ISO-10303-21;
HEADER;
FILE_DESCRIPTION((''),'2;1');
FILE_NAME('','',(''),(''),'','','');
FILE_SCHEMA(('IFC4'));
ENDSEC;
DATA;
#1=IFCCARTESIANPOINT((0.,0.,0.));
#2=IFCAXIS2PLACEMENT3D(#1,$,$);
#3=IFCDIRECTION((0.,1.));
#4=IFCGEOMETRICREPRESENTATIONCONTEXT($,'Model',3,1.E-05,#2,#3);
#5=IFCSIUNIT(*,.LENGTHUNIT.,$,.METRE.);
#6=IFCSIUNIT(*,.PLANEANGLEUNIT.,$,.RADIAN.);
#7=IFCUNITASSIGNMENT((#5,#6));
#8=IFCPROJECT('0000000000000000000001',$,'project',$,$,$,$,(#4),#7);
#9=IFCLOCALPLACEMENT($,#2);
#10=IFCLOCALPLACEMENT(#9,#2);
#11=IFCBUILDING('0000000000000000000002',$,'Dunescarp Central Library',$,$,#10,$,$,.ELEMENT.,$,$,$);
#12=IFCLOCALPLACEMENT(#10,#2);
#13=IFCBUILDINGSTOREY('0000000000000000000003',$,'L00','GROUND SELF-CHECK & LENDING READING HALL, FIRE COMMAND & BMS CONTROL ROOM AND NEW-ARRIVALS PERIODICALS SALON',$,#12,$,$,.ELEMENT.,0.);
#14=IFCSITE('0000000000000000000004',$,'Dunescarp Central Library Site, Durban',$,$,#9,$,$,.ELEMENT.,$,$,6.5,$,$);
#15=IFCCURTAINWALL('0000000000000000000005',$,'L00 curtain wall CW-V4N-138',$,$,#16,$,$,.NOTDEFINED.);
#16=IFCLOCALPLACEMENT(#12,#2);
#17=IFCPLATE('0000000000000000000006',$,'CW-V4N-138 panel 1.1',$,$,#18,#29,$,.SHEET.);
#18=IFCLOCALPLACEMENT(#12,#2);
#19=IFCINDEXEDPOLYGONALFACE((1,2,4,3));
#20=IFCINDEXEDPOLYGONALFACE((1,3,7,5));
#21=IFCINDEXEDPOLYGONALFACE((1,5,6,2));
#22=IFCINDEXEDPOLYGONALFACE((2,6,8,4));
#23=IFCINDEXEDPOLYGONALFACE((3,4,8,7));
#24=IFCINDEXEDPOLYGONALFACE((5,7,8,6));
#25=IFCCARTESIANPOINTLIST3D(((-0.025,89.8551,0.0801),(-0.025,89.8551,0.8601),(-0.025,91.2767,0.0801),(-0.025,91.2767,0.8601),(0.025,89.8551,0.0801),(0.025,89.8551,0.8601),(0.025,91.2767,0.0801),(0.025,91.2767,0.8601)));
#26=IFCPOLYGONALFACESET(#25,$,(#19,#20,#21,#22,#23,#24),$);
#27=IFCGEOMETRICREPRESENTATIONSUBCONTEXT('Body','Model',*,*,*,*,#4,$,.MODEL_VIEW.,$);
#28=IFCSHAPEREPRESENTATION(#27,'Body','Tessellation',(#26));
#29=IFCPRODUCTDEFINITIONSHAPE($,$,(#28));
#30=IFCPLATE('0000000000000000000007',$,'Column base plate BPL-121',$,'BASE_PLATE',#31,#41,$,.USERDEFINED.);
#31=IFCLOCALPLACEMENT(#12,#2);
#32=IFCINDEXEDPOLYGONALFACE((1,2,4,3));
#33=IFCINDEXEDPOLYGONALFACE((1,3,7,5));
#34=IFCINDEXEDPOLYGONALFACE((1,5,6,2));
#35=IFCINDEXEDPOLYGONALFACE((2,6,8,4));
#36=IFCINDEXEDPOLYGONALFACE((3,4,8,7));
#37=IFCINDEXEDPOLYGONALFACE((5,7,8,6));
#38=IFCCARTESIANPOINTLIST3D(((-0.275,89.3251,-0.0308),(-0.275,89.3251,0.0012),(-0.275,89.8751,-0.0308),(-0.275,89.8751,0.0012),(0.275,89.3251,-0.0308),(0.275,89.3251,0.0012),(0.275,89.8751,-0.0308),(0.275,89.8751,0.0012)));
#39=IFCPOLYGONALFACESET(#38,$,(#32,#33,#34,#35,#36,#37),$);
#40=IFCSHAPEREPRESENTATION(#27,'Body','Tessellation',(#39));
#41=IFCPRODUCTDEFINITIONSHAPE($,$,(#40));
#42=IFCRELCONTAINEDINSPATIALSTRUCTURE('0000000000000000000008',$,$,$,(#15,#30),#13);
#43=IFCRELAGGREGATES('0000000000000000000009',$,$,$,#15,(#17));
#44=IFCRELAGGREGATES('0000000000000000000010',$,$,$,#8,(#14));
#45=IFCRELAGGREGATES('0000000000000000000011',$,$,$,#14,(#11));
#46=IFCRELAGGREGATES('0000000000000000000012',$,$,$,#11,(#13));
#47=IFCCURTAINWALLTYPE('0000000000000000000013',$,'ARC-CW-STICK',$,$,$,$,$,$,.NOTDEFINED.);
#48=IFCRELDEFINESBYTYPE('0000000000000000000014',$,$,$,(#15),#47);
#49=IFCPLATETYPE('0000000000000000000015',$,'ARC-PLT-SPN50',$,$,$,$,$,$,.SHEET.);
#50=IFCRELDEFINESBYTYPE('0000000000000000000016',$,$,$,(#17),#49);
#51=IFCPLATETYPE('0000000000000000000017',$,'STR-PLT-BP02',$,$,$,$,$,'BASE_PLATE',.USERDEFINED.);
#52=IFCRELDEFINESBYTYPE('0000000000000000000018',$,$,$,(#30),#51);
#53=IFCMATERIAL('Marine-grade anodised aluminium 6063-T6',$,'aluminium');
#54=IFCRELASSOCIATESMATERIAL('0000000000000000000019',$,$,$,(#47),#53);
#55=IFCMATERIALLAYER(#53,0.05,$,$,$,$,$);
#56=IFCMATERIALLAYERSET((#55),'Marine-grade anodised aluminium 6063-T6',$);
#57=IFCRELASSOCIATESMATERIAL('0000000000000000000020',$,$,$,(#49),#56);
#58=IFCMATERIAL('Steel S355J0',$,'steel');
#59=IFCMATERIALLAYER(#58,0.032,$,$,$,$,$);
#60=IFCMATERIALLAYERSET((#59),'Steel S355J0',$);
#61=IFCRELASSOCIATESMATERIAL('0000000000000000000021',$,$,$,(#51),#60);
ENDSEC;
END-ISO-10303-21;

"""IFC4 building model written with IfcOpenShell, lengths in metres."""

from ifc_helpers import new_model, si_unit, direction, frame, origin, origin_2d, place, context, subcontext, project, spatial, rectangle, extrude, material, layer, layer_set, type_object, element, aggregate, save


model = new_model("IFC4")

# Units and contexts
model_context = context("Model", 3, precision=1e-05, world=origin(), true_north=direction((0.0, 1.0)))
body_context = subcontext(model_context, "Body", "Model", "MODEL_VIEW")
ifc_project = project(units=[si_unit("LENGTHUNIT", "METRE"), si_unit("PLANEANGLEUNIT", "RADIAN")], contexts=[model_context])

# Site, building, storey
site_placement = place(None, origin())
site = spatial("IfcSite", under=ifc_project, at=site_placement, Name="Dunescarp Central Library Site, Durban", CompositionType="ELEMENT", RefElevation=6.5)
building_placement = place(site_placement, origin())
building = spatial("IfcBuilding", under=site, at=building_placement, Name="Dunescarp Central Library", CompositionType="ELEMENT")
storey_placement = place(building_placement, origin())
storey = spatial("IfcBuildingStorey", under=building, at=storey_placement, Name="L00", Description="GROUND SELF-CHECK & LENDING READING HALL, FIRE COMMAND & BMS CONTROL ROOM AND NEW-ARRIVALS PERIODICALS SALON", CompositionType="ELEMENT", Elevation=0.0)

# Curtain wall
ifc_material_1 = material(Name="Marine-grade anodised aluminium 6063-T6", Category="aluminium")
curtain_wall_type = type_object("IfcCurtainWallType", Name="ARC-CW-STICK", PredefinedType="NOTDEFINED", material=ifc_material_1)
curtain_wall_1_placement = place(storey_placement, origin())
curtain_wall_1 = element("IfcCurtainWall", 1, at=curtain_wall_1_placement, inside=storey, type_object=curtain_wall_type, Name="L00 curtain wall CW-V4N-138", PredefinedType="NOTDEFINED")

# Plates
ifc_layer_1 = layer(ifc_material_1, 0.05)
ifc_layer_set_1 = layer_set([ifc_layer_1], Name="Marine-grade anodised aluminium 6063-T6")
plate_type_1 = type_object("IfcPlateType", Name="ARC-PLT-SPN50", PredefinedType="SHEET", material=ifc_layer_set_1)
plate_1_placement = place(storey_placement, frame((0.0, 90.5659, 0.0801), z_axis=(0.0, 0.0, 1.0), x_axis=(0.0, 1.0, 0.0)))
plate_1 = element("IfcPlate", 2, at=plate_1_placement, type_object=plate_type_1, Name="CW-V4N-138 panel 1.1", PredefinedType="SHEET", context=body_context, shape_type="SweptSolid", body=[
    extrude(rectangle(XDim=1.4216, YDim=0.05, at=origin_2d()), origin(), (0.0, 0.0, 1.0), 0.78),
])
aggregate(curtain_wall_1, [plate_1])
ifc_material_2 = material(Name="Steel S355J0", Category="steel")
ifc_layer_2 = layer(ifc_material_2, 0.032)
ifc_layer_set_2 = layer_set([ifc_layer_2], Name="Steel S355J0")
plate_type_2 = type_object("IfcPlateType", Name="STR-PLT-BP02", ElementType="BASE_PLATE", PredefinedType="USERDEFINED", material=ifc_layer_set_2)
plate_2_placement = place(storey_placement, frame((0.0, 89.6001, -0.0308), z_axis=(0.0, 0.0, 1.0), x_axis=(1.0, 0.0, 0.0)))
element("IfcPlate", 3, at=plate_2_placement, inside=storey, type_object=plate_type_2, Name="Column base plate BPL-121", ObjectType="BASE_PLATE", PredefinedType="USERDEFINED", context=body_context, shape_type="SweptSolid", body=[
    extrude(rectangle(XDim=0.55, YDim=0.55, at=origin_2d()), origin(), (0.0, 0.0, 1.0), 0.032),
])

save(model, "model.ifc")
